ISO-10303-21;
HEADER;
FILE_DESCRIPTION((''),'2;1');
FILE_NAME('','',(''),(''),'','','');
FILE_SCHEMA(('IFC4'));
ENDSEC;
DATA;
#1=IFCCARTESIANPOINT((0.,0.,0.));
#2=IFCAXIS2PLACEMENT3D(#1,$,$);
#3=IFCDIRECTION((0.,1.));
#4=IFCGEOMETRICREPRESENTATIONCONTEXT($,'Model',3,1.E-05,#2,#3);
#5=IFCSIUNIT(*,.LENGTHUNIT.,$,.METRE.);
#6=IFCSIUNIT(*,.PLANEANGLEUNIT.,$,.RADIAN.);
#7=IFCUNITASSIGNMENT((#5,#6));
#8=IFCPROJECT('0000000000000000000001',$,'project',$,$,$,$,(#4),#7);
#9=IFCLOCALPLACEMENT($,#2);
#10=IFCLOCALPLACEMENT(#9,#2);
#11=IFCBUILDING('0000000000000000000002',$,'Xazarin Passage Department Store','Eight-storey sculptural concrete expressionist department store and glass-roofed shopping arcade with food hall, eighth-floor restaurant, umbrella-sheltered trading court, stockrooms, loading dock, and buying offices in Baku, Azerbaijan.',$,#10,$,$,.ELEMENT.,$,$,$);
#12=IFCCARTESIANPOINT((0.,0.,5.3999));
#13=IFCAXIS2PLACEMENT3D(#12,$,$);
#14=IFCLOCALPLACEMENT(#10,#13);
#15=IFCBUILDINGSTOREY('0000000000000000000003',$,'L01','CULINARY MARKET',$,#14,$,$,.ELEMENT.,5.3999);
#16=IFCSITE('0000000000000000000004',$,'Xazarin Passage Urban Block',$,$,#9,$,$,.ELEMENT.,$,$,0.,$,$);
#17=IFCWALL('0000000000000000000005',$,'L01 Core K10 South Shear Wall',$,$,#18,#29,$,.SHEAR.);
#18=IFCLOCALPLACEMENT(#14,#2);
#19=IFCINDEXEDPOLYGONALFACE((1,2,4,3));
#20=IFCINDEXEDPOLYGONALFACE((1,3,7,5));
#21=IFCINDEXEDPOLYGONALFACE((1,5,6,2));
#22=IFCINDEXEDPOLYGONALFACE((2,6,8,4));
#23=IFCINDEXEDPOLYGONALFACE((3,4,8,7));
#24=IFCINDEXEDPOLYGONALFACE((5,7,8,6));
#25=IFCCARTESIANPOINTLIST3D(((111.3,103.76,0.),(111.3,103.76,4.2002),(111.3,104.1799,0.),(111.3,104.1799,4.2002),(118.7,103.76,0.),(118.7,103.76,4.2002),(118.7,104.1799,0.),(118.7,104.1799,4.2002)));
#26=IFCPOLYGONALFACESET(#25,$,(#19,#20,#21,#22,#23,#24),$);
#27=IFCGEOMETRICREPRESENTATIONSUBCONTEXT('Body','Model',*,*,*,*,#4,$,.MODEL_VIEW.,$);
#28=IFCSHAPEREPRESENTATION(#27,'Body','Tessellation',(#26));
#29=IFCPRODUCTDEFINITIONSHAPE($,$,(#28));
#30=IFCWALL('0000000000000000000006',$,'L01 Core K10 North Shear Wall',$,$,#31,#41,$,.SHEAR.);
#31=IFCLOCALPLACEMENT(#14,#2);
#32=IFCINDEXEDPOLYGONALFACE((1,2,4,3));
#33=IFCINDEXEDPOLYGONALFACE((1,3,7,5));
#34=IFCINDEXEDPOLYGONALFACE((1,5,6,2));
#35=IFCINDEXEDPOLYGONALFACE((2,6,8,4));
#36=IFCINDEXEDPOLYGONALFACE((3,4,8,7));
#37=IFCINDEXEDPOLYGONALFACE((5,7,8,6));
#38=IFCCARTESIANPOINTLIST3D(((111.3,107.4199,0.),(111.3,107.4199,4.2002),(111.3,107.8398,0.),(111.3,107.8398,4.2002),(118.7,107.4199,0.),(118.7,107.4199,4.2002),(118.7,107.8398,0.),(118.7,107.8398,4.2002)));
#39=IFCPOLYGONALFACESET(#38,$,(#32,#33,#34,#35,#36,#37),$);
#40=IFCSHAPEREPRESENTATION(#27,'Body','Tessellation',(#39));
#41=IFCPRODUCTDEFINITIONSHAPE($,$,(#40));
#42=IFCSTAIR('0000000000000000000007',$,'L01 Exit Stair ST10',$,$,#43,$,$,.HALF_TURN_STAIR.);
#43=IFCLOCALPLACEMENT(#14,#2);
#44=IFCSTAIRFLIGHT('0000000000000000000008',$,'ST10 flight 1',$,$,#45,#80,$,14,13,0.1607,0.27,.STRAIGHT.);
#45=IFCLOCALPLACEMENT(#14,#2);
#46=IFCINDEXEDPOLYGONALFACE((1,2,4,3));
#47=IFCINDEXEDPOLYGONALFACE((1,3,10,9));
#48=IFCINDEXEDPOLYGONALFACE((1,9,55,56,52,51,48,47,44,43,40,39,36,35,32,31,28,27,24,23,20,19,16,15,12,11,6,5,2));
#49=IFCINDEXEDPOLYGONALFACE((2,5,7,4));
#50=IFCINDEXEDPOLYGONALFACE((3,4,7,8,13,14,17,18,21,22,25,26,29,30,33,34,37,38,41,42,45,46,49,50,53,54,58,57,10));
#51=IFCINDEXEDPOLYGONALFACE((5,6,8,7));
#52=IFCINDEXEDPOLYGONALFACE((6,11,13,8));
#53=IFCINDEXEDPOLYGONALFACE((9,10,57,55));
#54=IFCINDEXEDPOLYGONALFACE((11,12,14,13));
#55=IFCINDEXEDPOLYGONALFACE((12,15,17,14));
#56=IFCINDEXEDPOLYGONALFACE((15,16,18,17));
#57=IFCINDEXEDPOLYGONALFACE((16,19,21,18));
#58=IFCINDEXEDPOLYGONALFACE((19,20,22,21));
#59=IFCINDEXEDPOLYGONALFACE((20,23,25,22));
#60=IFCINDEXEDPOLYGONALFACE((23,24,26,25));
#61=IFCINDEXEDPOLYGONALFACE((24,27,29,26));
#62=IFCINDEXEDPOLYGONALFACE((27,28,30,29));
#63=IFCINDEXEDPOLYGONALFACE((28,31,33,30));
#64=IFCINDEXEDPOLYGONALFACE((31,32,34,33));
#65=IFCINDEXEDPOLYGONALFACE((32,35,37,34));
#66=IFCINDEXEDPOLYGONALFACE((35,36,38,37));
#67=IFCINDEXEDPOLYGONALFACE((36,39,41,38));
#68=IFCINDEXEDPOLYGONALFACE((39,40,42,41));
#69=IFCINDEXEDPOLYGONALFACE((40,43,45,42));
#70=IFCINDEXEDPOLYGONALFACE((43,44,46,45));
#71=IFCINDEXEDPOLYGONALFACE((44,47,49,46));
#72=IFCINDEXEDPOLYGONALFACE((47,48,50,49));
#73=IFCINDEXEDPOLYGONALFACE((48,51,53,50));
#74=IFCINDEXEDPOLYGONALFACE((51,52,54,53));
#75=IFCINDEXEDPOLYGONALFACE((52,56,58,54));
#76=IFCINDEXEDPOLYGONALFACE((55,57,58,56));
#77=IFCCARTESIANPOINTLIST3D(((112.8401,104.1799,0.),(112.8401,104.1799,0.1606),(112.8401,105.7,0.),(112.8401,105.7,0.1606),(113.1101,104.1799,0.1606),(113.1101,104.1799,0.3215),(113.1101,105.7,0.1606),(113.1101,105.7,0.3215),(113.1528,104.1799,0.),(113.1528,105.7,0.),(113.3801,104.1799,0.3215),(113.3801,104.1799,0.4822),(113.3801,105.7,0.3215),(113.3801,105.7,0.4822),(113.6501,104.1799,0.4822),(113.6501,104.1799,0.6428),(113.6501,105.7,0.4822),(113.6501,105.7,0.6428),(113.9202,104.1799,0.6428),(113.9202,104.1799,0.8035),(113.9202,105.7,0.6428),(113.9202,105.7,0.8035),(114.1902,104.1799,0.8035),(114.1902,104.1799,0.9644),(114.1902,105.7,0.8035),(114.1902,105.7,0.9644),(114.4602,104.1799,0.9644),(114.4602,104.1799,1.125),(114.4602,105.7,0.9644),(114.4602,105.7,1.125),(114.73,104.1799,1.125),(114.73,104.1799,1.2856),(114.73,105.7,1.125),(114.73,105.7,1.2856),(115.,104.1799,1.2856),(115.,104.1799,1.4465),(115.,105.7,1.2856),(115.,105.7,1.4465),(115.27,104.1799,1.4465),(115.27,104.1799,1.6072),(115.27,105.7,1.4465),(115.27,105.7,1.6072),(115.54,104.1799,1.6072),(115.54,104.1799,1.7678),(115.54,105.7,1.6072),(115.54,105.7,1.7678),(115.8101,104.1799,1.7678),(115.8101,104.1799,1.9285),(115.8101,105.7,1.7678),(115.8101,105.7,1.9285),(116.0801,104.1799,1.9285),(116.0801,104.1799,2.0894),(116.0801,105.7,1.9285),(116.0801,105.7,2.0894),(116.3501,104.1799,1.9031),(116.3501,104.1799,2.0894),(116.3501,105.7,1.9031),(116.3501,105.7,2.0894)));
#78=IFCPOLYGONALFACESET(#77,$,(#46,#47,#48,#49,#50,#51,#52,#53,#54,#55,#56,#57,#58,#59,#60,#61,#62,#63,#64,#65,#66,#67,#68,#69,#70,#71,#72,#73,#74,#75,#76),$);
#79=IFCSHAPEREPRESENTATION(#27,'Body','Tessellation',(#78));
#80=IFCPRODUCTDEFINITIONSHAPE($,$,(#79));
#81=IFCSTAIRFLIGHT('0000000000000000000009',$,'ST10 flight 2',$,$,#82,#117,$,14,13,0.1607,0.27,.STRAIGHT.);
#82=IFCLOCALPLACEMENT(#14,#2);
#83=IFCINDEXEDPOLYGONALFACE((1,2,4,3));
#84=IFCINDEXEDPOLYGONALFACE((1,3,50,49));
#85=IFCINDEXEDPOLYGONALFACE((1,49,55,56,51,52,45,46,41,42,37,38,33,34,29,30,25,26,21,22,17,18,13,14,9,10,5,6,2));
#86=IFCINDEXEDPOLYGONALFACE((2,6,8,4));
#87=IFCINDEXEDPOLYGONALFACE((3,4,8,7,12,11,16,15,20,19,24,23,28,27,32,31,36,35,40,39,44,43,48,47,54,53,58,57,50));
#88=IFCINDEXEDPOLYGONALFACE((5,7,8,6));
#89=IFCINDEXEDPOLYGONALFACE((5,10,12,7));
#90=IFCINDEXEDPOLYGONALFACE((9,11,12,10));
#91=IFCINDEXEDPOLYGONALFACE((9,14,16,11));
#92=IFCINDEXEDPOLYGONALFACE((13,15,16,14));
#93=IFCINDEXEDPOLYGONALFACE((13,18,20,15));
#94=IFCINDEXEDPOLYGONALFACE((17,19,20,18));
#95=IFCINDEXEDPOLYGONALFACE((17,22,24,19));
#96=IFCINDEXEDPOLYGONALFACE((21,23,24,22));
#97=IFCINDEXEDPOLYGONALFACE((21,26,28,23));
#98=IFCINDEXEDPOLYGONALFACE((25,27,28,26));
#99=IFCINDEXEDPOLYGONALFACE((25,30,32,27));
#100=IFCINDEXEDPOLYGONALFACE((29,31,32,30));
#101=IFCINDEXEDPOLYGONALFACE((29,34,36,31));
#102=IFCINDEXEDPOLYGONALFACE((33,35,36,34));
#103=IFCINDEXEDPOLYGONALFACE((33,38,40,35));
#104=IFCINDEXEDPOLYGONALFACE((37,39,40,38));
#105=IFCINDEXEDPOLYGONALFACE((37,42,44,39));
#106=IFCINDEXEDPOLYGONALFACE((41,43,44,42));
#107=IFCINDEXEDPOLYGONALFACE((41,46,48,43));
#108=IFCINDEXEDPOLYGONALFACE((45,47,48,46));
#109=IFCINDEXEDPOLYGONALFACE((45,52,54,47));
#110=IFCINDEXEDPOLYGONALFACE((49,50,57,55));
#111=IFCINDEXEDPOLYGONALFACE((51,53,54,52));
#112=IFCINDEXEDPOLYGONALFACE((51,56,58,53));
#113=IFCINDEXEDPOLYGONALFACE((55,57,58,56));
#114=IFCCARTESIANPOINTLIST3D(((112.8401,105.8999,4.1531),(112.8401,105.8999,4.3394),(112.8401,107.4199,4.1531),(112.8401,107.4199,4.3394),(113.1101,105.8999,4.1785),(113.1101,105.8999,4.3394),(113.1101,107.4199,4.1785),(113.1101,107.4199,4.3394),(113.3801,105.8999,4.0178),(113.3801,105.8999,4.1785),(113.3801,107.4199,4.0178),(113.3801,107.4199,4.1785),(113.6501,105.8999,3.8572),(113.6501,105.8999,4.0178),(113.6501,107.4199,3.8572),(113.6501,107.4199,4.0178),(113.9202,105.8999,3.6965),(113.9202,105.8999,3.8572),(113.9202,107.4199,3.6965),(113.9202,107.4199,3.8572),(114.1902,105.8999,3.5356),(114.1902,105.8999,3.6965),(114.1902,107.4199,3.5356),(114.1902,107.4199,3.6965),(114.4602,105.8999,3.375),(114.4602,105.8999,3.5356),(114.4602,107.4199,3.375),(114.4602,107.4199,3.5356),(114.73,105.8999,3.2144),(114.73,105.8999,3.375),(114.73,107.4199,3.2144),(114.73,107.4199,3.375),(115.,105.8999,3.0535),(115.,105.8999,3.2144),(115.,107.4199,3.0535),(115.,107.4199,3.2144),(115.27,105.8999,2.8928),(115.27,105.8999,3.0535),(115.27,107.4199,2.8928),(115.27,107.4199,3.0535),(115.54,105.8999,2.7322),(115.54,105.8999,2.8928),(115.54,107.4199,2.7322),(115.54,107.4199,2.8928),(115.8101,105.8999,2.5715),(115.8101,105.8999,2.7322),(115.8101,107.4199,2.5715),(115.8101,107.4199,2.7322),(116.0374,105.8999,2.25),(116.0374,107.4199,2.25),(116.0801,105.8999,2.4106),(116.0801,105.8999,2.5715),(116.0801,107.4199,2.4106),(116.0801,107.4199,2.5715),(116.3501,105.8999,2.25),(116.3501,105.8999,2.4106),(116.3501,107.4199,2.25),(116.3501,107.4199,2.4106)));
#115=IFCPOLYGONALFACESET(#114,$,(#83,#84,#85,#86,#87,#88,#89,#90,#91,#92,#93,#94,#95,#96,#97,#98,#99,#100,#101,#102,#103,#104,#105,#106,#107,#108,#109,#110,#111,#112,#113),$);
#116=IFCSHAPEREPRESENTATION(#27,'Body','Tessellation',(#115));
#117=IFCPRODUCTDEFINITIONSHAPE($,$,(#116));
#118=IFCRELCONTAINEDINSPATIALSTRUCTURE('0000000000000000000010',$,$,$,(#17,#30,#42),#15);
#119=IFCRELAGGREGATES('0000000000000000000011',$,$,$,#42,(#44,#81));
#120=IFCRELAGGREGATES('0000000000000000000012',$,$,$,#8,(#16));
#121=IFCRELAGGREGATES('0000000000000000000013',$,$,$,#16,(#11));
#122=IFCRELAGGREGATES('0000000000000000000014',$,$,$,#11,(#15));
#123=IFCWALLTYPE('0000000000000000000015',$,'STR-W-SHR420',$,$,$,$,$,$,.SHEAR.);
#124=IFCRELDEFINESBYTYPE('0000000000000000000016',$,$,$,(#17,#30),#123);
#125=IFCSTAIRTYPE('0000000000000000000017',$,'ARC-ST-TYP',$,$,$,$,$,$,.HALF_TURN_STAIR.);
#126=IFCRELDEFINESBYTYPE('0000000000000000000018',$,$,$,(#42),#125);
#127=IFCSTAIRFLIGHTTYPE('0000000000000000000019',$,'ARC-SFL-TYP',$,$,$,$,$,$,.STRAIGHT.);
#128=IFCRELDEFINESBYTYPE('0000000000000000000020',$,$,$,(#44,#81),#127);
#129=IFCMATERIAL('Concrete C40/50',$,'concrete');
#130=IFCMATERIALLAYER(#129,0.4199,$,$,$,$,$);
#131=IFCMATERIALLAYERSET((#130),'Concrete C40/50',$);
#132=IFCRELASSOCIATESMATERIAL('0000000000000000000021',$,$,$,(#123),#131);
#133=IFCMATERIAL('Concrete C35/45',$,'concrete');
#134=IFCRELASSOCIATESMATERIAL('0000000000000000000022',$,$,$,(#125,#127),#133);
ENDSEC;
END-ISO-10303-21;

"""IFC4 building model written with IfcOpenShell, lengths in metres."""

from ifc_helpers import new_model, si_unit, direction, frame, frame_2d, origin, place, context, subcontext, project, spatial, polyline, rectangle, outline, extrude, material, layer, layer_set, type_object, element, aggregate, save


model = new_model("IFC4")

# Units and contexts
model_context = context("Model", 3, precision=1e-05, world=origin(), true_north=direction((0.0, 1.0)))
body_context = subcontext(model_context, "Body", "Model", "MODEL_VIEW")
ifc_project = project(units=[si_unit("LENGTHUNIT", "METRE"), si_unit("PLANEANGLEUNIT", "RADIAN")], contexts=[model_context])

# Site, building, storey
site_placement = place(None, origin())
site = spatial("IfcSite", under=ifc_project, at=site_placement, Name="Xazarin Passage Urban Block", CompositionType="ELEMENT", RefElevation=0.0)
building_placement = place(site_placement, origin())
building = spatial("IfcBuilding", under=site, at=building_placement, Name="Xazarin Passage Department Store", Description="Eight-storey sculptural concrete expressionist department store and glass-roofed shopping arcade with food hall, eighth-floor restaurant, umbrella-sheltered trading court, stockrooms, loading dock, and buying offices in Baku, Azerbaijan.", CompositionType="ELEMENT")
storey_placement = place(building_placement, frame((0.0, 0.0, 5.3999)))
storey = spatial("IfcBuildingStorey", under=building, at=storey_placement, Name="L01", Description="CULINARY MARKET", CompositionType="ELEMENT", Elevation=5.3999)

# Shared definitions
ifc_material_1 = material(Name="Concrete C40/50", Category="concrete")

# Shared definitions
ifc_material_2 = material(Name="Concrete C35/45", Category="concrete")

# Walls
ifc_layer_1 = layer(ifc_material_1, 0.4199)
ifc_layer_set_1 = layer_set([ifc_layer_1], Name="Concrete C40/50")
wall_type_1 = type_object("IfcWallType", Name="STR-W-SHR420", PredefinedType="SHEAR", material=ifc_layer_set_1)
for number, where, z_axis, x_axis, name in (
    (1, (111.3, 103.97, 0.0), (0.0, 0.0, 1.0), (1.0, 0.0, 0.0), "L01 Core K10 South Shear Wall"),
    (2, (111.3, 107.6299, 0.0), (0.0, 0.0, 1.0), (1.0, 0.0, 0.0), "L01 Core K10 North Shear Wall"),
):
    element("IfcWall", number, at=place(storey_placement, frame(where, z_axis=z_axis, x_axis=x_axis)), inside=storey, type_object=wall_type_1, Name=name, PredefinedType="SHEAR", context=body_context, shape_type="SweptSolid", body=[
        extrude(rectangle(XDim=7.3999, YDim=0.4199, at=frame_2d((3.7, 0.0))), origin(), (0.0, 0.0, 1.0), 4.2002),
    ])

# Stair, stair flights
stair_type = type_object("IfcStairType", Name="ARC-ST-TYP", PredefinedType="HALF_TURN_STAIR", material=ifc_material_2)
stair_placement = place(storey_placement, origin())
stair = element("IfcStair", 3, at=stair_placement, inside=storey, type_object=stair_type, Name="L01 Exit Stair ST10", PredefinedType="HALF_TURN_STAIR")
stair_flight_type = type_object("IfcStairFlightType", Name="ARC-SFL-TYP", PredefinedType="STRAIGHT", material=ifc_material_2)
stair_flight_1_placement = place(storey_placement, frame((112.8401, 104.9399, 0.0), z_axis=(0.0, 0.0, 1.0), x_axis=(1.0, 0.0, 0.0)))
stair_flight_1 = element("IfcStairFlight", 4, at=stair_flight_1_placement, type_object=stair_flight_type, Name="ST10 flight 1", NumberOfRisers=14, NumberOfTreads=13, PredefinedType="STRAIGHT", RiserHeight=0.1607, TreadLength=0.27, context=body_context, shape_type="SweptSolid", body=[
    extrude(outline(polyline([(0.0, 0.0), (0.0, 0.1606), (0.27, 0.1606), (0.27, 0.3215), (0.54, 0.3215), (0.54, 0.4822), (0.8101, 0.4822), (0.8101, 0.6428), (1.0801, 0.6428), (1.0801, 0.8035), (1.3501, 0.8035), (1.3501, 0.9644), (1.6201, 0.9644), (1.6201, 1.125), (1.8899, 1.125), (1.8899, 1.2856), (2.1599, 1.2856), (2.1599, 1.4465), (2.4299, 1.4465), (2.4299, 1.6072), (2.7, 1.6072), (2.7, 1.7678), (2.97, 1.7678), (2.97, 1.9285), (3.24, 1.9285), (3.24, 2.0894), (3.51, 2.0894), (3.51, 2.25), (3.51, 1.9031), (0.3127, 0.0), (0.0, 0.0)])), frame((0.0, 0.76, 0.0), z_axis=(0.0, -1.0, 0.0), x_axis=(1.0, 0.0, 0.0)), (0.0, 0.0, 1.0), 1.52),
])
stair_flight_2_placement = place(storey_placement, frame((116.3501, 106.6599, 2.25), z_axis=(0.0, 0.0, 1.0), x_axis=(-1.0, 0.0, 0.0)))
stair_flight_2 = element("IfcStairFlight", 5, at=stair_flight_2_placement, type_object=stair_flight_type, Name="ST10 flight 2", NumberOfRisers=14, NumberOfTreads=13, PredefinedType="STRAIGHT", RiserHeight=0.1607, TreadLength=0.27, context=body_context, shape_type="SweptSolid", body=[
    extrude(outline(polyline([(0.0, 0.0), (0.0, 0.1606), (0.27, 0.1606), (0.27, 0.3215), (0.54, 0.3215), (0.54, 0.4822), (0.8101, 0.4822), (0.8101, 0.6428), (1.0801, 0.6428), (1.0801, 0.8035), (1.3501, 0.8035), (1.3501, 0.9644), (1.6201, 0.9644), (1.6201, 1.125), (1.8899, 1.125), (1.8899, 1.2856), (2.1599, 1.2856), (2.1599, 1.4465), (2.4299, 1.4465), (2.4299, 1.6072), (2.7, 1.6072), (2.7, 1.7678), (2.97, 1.7678), (2.97, 1.9285), (3.24, 1.9285), (3.24, 2.0894), (3.51, 2.0894), (3.51, 2.25), (3.51, 1.9031), (0.3127, 0.0), (0.0, 0.0)])), frame((0.0, 0.76, 0.0), z_axis=(0.0, -1.0, 0.0), x_axis=(1.0, 0.0, 0.0)), (0.0, 0.0, 1.0), 1.52),
])
aggregate(stair, [stair_flight_1, stair_flight_2])

save(model, "model.ifc")
